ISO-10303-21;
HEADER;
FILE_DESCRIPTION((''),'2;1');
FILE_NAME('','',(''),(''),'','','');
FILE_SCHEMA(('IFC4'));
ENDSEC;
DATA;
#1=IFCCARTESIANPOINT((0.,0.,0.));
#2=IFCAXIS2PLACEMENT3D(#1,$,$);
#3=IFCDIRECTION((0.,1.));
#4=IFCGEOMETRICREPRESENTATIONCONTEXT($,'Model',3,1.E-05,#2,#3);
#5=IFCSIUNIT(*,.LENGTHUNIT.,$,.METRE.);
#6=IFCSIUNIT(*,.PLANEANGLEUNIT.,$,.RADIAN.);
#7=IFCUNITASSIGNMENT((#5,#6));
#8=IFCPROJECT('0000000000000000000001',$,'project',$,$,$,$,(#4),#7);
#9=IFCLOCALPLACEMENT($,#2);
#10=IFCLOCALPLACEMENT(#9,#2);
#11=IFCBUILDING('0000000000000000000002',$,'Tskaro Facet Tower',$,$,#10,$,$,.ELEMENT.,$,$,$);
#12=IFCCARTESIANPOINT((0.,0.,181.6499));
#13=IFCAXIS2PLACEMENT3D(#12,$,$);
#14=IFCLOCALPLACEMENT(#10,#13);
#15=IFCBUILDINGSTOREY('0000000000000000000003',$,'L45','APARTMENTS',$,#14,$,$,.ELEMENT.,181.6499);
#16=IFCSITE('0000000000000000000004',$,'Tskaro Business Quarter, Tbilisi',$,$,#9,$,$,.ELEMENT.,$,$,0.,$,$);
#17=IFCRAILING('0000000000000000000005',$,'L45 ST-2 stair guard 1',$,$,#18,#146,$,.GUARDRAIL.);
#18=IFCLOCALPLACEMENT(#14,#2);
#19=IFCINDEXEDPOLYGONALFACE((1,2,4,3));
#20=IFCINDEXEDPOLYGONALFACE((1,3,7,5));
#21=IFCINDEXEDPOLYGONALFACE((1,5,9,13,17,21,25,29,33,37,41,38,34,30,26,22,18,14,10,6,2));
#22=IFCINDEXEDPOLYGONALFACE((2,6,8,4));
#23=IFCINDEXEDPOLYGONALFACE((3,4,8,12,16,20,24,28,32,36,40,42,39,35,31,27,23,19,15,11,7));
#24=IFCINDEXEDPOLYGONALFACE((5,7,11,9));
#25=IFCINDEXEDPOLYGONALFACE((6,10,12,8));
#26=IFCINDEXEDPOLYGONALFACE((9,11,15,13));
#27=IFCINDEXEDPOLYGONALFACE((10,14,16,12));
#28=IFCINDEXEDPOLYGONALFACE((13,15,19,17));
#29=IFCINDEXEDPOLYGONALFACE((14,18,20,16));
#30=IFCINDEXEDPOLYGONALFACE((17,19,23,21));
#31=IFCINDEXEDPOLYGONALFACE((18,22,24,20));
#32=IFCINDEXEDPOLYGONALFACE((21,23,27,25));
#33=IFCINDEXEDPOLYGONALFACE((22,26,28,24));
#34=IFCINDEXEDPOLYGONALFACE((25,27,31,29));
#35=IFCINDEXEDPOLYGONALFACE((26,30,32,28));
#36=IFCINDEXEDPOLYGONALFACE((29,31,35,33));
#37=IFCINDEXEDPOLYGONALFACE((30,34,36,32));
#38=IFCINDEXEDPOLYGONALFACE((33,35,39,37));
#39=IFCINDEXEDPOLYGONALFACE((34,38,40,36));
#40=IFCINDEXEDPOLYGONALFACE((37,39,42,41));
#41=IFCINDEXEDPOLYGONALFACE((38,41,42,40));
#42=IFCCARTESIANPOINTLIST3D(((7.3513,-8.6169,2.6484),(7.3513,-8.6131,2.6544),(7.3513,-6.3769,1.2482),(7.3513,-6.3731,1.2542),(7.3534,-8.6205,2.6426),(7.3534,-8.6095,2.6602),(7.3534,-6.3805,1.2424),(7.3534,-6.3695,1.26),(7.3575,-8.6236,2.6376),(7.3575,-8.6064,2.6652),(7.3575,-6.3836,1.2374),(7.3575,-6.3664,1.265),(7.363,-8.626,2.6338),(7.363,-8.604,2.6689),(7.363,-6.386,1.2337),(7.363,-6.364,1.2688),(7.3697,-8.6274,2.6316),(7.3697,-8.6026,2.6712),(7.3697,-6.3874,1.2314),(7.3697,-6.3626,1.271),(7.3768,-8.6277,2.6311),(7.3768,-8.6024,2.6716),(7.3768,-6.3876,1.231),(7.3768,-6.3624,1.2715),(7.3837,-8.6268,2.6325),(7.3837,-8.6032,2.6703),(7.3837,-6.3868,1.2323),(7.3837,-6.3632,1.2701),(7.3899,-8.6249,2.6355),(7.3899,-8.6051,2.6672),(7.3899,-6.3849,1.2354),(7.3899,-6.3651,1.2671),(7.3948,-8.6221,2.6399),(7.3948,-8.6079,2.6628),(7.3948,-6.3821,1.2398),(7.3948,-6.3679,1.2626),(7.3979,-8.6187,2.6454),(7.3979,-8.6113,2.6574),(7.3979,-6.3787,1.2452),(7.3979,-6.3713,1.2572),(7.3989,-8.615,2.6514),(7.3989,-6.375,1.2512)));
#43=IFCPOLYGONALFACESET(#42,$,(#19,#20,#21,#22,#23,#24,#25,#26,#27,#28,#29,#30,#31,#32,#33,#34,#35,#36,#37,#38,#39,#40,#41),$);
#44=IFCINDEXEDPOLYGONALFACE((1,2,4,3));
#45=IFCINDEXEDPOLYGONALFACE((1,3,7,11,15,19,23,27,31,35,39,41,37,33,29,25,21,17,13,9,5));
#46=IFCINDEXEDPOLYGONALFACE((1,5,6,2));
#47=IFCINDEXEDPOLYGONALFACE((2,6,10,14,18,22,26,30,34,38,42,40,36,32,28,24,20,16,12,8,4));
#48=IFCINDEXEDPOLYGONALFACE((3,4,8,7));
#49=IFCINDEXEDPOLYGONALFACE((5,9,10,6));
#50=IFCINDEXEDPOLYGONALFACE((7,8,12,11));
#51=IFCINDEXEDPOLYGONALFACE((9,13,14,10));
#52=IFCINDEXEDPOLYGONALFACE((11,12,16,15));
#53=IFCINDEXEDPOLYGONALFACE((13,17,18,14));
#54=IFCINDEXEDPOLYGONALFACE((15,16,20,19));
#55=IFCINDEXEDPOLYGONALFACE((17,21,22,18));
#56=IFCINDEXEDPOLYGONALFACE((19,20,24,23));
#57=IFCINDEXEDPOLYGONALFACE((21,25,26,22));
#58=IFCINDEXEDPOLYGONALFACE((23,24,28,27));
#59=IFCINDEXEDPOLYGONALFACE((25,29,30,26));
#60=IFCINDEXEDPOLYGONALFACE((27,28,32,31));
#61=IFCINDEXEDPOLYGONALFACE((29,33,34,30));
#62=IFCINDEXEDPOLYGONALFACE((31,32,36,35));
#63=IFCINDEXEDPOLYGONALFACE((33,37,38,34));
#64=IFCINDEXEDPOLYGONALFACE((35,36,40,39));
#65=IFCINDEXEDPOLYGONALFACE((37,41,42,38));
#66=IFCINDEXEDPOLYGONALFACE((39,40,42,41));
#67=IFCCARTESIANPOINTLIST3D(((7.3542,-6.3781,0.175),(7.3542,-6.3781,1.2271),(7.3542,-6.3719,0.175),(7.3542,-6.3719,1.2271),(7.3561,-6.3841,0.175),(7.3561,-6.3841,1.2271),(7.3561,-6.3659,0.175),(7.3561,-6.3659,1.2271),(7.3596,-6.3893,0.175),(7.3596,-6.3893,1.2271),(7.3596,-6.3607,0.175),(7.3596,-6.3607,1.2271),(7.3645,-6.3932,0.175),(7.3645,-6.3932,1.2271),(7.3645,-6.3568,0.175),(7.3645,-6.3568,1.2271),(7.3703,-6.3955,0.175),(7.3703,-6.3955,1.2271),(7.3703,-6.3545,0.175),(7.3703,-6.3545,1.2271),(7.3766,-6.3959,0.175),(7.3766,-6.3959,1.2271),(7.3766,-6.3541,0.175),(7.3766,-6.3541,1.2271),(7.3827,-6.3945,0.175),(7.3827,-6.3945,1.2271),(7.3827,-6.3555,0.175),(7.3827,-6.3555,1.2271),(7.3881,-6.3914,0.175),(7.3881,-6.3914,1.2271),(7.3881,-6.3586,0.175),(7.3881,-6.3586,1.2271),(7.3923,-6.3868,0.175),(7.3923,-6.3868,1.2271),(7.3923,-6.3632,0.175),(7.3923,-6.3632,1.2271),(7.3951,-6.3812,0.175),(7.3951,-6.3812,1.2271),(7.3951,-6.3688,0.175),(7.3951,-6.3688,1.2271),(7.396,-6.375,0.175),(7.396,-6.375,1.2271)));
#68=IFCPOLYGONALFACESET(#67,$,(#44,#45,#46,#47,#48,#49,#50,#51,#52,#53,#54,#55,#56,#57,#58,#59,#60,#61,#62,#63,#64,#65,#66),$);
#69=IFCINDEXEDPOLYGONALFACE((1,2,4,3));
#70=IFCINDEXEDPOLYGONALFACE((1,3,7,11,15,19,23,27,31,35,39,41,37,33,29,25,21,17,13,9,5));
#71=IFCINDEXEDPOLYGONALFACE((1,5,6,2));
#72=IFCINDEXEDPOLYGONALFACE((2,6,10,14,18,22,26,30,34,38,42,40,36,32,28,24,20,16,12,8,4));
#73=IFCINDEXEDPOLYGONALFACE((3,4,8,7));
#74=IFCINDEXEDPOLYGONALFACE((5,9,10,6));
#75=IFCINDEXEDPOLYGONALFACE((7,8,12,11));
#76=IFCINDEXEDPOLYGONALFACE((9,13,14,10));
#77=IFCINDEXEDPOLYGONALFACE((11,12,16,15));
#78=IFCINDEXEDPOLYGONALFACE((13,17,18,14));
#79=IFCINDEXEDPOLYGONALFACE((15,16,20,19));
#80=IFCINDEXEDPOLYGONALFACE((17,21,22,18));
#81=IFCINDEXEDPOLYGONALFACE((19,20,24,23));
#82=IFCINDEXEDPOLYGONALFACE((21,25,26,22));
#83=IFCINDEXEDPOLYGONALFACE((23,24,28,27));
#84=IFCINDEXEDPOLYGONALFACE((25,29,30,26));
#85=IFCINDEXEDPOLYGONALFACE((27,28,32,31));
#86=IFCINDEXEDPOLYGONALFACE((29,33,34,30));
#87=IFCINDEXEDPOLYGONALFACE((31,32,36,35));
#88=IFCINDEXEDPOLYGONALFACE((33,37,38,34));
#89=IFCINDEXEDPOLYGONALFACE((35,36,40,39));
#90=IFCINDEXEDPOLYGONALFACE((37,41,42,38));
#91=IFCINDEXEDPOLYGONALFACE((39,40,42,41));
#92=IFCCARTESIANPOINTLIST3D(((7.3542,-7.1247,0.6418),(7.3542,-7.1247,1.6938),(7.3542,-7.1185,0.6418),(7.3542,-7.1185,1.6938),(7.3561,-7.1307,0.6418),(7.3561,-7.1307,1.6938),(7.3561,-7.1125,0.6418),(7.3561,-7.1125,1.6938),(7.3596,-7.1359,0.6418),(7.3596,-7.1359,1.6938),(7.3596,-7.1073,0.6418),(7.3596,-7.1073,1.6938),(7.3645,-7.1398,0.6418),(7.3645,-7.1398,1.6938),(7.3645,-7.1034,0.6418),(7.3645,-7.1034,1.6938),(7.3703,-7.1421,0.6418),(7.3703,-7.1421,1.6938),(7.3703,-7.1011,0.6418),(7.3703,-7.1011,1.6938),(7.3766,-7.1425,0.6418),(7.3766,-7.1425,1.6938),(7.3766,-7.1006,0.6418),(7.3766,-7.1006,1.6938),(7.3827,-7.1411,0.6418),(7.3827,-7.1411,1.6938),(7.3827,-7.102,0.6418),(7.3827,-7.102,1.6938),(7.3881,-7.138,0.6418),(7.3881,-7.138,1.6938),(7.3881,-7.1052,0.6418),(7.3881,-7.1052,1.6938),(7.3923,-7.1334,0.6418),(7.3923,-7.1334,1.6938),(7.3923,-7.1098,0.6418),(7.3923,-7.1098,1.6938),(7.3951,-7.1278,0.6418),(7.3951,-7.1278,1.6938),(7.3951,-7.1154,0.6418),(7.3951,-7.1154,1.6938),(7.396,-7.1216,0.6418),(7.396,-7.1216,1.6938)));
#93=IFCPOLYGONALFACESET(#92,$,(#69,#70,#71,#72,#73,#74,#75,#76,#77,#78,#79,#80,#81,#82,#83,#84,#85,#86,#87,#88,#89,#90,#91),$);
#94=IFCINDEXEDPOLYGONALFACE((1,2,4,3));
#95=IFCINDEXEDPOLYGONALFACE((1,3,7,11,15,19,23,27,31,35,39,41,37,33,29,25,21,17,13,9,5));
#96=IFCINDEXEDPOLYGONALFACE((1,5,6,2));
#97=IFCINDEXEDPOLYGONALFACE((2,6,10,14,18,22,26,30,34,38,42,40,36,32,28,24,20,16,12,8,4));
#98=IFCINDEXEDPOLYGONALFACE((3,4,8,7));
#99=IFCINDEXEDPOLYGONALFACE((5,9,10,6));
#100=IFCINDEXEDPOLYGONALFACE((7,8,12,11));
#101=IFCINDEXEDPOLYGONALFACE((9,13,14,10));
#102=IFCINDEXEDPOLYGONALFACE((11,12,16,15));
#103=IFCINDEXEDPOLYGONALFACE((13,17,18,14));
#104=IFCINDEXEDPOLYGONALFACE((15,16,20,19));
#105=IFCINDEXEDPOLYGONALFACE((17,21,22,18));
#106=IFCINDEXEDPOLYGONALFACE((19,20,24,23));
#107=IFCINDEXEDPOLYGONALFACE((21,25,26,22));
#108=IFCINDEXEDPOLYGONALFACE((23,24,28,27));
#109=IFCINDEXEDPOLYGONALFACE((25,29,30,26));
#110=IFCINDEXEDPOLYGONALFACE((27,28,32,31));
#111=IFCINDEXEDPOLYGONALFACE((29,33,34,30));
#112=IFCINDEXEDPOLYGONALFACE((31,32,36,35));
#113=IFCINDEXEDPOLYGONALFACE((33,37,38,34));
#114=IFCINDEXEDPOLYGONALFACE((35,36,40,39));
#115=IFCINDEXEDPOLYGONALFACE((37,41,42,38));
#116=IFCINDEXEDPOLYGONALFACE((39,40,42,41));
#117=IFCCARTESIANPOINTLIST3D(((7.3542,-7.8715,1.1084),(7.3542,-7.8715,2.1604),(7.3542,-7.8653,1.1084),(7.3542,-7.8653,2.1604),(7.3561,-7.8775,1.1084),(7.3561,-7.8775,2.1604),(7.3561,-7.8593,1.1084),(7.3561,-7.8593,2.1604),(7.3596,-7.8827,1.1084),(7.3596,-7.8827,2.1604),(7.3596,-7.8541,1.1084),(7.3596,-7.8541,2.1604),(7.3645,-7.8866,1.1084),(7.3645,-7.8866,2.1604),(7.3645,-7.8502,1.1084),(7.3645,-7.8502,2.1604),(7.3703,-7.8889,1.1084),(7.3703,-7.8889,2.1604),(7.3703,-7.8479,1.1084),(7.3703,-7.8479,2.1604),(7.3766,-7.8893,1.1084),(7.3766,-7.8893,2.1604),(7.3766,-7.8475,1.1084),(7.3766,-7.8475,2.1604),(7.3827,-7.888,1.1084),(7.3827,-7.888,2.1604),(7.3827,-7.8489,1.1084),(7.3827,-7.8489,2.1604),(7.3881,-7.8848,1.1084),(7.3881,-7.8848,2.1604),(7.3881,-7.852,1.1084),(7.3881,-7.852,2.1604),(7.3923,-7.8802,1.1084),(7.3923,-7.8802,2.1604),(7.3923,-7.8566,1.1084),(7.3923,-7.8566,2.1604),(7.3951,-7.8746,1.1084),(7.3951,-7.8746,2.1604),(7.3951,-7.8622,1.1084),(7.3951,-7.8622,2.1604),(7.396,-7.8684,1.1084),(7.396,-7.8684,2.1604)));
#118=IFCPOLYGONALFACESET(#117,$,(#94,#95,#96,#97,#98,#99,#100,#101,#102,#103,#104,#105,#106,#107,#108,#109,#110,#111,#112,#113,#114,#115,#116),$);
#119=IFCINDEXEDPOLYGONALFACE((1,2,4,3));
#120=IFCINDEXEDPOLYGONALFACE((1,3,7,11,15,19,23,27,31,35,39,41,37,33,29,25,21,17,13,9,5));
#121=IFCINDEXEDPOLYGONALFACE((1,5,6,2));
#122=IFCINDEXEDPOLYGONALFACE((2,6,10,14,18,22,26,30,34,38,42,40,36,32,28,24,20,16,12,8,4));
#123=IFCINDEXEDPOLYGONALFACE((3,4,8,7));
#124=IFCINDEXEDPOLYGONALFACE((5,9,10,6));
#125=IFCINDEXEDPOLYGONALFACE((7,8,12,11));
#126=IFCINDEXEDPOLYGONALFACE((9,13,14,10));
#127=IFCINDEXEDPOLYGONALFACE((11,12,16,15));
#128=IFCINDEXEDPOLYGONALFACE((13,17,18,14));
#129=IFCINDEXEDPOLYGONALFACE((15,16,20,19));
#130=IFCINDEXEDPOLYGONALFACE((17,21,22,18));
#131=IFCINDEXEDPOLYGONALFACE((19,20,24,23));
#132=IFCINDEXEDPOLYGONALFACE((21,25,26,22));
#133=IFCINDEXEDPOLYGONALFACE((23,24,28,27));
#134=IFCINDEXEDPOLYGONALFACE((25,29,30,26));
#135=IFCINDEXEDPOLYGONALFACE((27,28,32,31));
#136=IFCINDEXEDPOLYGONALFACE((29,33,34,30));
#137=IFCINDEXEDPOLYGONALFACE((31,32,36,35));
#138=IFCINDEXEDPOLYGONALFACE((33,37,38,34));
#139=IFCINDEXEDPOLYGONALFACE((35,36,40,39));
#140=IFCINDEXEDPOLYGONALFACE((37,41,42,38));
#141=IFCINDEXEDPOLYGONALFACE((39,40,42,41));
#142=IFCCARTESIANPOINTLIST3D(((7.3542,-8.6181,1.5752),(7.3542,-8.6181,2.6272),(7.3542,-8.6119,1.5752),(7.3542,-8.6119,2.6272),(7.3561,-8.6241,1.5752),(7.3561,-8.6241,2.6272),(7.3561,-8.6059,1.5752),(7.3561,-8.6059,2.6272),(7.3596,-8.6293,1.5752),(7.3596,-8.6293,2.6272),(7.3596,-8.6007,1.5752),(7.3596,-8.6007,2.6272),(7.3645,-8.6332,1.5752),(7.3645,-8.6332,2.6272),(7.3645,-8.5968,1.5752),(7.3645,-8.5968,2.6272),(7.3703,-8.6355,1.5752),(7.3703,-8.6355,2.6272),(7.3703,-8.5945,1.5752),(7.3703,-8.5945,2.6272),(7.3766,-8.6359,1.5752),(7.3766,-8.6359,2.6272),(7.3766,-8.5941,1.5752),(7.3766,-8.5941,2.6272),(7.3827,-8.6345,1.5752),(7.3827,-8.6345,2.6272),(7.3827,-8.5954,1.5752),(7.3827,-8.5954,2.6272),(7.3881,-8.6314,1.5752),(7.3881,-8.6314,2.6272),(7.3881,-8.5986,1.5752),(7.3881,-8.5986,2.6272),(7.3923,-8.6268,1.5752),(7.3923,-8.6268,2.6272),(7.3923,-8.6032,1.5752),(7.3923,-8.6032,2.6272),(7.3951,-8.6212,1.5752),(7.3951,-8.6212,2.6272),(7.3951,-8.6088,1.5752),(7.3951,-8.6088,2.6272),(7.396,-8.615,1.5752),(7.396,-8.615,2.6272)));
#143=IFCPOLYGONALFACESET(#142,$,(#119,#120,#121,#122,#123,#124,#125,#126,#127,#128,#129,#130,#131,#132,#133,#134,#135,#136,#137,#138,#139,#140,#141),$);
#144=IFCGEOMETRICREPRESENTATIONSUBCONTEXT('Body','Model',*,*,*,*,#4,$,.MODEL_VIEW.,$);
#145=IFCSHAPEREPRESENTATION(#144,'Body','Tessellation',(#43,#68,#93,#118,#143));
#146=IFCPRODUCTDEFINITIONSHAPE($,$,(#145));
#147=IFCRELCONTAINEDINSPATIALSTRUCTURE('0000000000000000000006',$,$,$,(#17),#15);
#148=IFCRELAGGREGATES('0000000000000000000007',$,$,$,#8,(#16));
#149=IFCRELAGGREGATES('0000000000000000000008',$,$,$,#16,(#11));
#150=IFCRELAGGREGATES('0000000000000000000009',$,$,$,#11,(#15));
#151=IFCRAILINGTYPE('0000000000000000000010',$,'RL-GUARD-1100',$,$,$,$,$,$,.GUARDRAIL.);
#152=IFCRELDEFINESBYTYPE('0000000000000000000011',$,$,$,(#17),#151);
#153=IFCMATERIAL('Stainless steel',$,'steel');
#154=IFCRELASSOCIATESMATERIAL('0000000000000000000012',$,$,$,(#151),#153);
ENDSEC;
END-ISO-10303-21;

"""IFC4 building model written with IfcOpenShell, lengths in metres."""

from ifc_helpers import new_model, si_unit, direction, frame, origin, origin_2d, place, context, subcontext, project, spatial, circle, extrude, material, type_object, element, save


model = new_model("IFC4")

# Units and contexts
model_context = context("Model", 3, precision=1e-05, world=origin(), true_north=direction((0.0, 1.0)))
body_context = subcontext(model_context, "Body", "Model", "MODEL_VIEW")
ifc_project = project(units=[si_unit("LENGTHUNIT", "METRE"), si_unit("PLANEANGLEUNIT", "RADIAN")], contexts=[model_context])

# Site, building, storey
site_placement = place(None, origin())
site = spatial("IfcSite", under=ifc_project, at=site_placement, Name="Tskaro Business Quarter, Tbilisi", CompositionType="ELEMENT", RefElevation=0.0)
building_placement = place(site_placement, origin())
building = spatial("IfcBuilding", under=site, at=building_placement, Name="Tskaro Facet Tower", CompositionType="ELEMENT")
storey_placement = place(building_placement, frame((0.0, 0.0, 181.6499)))
storey = spatial("IfcBuildingStorey", under=building, at=storey_placement, Name="L45", Description="APARTMENTS", CompositionType="ELEMENT", Elevation=181.6499)

# Shared definitions
ifc_material_1 = material(Name="Stainless steel", Category="steel")

# Railing
railing_type_1 = type_object("IfcRailingType", Name="RL-GUARD-1100", PredefinedType="GUARDRAIL", material=ifc_material_1)
railing_1_placement = place(storey_placement, frame((7.375, -6.375, 0.175)))
element("IfcRailing", 1, at=railing_1_placement, inside=storey, type_object=railing_type_1, Name="L45 ST-2 stair guard 1", PredefinedType="GUARDRAIL", context=body_context, shape_type="SweptSolid", body=[
    extrude(circle(Radius=0.0239, at=origin_2d()), frame((0.0, 0.0, 1.0762), z_axis=(0.0, -0.847972, 0.53004), x_axis=(1.0, 0.0, 0.0)), (0.0, 0.0, 1.0), 2.6416),
    extrude(circle(Radius=0.021, at=origin_2d()), origin(), (0.0, 0.0, 1.0), 1.052),
    extrude(circle(Radius=0.021, at=origin_2d()), frame((0.0, -0.7466, 0.4668)), (0.0, 0.0, 1.0), 1.052),
    extrude(circle(Radius=0.021, at=origin_2d()), frame((0.0, -1.4934, 0.9333)), (0.0, 0.0, 1.0), 1.052),
    extrude(circle(Radius=0.021, at=origin_2d()), frame((0.0, -2.24, 1.4001)), (0.0, 0.0, 1.0), 1.052),
])

save(model, "model.ifc")
